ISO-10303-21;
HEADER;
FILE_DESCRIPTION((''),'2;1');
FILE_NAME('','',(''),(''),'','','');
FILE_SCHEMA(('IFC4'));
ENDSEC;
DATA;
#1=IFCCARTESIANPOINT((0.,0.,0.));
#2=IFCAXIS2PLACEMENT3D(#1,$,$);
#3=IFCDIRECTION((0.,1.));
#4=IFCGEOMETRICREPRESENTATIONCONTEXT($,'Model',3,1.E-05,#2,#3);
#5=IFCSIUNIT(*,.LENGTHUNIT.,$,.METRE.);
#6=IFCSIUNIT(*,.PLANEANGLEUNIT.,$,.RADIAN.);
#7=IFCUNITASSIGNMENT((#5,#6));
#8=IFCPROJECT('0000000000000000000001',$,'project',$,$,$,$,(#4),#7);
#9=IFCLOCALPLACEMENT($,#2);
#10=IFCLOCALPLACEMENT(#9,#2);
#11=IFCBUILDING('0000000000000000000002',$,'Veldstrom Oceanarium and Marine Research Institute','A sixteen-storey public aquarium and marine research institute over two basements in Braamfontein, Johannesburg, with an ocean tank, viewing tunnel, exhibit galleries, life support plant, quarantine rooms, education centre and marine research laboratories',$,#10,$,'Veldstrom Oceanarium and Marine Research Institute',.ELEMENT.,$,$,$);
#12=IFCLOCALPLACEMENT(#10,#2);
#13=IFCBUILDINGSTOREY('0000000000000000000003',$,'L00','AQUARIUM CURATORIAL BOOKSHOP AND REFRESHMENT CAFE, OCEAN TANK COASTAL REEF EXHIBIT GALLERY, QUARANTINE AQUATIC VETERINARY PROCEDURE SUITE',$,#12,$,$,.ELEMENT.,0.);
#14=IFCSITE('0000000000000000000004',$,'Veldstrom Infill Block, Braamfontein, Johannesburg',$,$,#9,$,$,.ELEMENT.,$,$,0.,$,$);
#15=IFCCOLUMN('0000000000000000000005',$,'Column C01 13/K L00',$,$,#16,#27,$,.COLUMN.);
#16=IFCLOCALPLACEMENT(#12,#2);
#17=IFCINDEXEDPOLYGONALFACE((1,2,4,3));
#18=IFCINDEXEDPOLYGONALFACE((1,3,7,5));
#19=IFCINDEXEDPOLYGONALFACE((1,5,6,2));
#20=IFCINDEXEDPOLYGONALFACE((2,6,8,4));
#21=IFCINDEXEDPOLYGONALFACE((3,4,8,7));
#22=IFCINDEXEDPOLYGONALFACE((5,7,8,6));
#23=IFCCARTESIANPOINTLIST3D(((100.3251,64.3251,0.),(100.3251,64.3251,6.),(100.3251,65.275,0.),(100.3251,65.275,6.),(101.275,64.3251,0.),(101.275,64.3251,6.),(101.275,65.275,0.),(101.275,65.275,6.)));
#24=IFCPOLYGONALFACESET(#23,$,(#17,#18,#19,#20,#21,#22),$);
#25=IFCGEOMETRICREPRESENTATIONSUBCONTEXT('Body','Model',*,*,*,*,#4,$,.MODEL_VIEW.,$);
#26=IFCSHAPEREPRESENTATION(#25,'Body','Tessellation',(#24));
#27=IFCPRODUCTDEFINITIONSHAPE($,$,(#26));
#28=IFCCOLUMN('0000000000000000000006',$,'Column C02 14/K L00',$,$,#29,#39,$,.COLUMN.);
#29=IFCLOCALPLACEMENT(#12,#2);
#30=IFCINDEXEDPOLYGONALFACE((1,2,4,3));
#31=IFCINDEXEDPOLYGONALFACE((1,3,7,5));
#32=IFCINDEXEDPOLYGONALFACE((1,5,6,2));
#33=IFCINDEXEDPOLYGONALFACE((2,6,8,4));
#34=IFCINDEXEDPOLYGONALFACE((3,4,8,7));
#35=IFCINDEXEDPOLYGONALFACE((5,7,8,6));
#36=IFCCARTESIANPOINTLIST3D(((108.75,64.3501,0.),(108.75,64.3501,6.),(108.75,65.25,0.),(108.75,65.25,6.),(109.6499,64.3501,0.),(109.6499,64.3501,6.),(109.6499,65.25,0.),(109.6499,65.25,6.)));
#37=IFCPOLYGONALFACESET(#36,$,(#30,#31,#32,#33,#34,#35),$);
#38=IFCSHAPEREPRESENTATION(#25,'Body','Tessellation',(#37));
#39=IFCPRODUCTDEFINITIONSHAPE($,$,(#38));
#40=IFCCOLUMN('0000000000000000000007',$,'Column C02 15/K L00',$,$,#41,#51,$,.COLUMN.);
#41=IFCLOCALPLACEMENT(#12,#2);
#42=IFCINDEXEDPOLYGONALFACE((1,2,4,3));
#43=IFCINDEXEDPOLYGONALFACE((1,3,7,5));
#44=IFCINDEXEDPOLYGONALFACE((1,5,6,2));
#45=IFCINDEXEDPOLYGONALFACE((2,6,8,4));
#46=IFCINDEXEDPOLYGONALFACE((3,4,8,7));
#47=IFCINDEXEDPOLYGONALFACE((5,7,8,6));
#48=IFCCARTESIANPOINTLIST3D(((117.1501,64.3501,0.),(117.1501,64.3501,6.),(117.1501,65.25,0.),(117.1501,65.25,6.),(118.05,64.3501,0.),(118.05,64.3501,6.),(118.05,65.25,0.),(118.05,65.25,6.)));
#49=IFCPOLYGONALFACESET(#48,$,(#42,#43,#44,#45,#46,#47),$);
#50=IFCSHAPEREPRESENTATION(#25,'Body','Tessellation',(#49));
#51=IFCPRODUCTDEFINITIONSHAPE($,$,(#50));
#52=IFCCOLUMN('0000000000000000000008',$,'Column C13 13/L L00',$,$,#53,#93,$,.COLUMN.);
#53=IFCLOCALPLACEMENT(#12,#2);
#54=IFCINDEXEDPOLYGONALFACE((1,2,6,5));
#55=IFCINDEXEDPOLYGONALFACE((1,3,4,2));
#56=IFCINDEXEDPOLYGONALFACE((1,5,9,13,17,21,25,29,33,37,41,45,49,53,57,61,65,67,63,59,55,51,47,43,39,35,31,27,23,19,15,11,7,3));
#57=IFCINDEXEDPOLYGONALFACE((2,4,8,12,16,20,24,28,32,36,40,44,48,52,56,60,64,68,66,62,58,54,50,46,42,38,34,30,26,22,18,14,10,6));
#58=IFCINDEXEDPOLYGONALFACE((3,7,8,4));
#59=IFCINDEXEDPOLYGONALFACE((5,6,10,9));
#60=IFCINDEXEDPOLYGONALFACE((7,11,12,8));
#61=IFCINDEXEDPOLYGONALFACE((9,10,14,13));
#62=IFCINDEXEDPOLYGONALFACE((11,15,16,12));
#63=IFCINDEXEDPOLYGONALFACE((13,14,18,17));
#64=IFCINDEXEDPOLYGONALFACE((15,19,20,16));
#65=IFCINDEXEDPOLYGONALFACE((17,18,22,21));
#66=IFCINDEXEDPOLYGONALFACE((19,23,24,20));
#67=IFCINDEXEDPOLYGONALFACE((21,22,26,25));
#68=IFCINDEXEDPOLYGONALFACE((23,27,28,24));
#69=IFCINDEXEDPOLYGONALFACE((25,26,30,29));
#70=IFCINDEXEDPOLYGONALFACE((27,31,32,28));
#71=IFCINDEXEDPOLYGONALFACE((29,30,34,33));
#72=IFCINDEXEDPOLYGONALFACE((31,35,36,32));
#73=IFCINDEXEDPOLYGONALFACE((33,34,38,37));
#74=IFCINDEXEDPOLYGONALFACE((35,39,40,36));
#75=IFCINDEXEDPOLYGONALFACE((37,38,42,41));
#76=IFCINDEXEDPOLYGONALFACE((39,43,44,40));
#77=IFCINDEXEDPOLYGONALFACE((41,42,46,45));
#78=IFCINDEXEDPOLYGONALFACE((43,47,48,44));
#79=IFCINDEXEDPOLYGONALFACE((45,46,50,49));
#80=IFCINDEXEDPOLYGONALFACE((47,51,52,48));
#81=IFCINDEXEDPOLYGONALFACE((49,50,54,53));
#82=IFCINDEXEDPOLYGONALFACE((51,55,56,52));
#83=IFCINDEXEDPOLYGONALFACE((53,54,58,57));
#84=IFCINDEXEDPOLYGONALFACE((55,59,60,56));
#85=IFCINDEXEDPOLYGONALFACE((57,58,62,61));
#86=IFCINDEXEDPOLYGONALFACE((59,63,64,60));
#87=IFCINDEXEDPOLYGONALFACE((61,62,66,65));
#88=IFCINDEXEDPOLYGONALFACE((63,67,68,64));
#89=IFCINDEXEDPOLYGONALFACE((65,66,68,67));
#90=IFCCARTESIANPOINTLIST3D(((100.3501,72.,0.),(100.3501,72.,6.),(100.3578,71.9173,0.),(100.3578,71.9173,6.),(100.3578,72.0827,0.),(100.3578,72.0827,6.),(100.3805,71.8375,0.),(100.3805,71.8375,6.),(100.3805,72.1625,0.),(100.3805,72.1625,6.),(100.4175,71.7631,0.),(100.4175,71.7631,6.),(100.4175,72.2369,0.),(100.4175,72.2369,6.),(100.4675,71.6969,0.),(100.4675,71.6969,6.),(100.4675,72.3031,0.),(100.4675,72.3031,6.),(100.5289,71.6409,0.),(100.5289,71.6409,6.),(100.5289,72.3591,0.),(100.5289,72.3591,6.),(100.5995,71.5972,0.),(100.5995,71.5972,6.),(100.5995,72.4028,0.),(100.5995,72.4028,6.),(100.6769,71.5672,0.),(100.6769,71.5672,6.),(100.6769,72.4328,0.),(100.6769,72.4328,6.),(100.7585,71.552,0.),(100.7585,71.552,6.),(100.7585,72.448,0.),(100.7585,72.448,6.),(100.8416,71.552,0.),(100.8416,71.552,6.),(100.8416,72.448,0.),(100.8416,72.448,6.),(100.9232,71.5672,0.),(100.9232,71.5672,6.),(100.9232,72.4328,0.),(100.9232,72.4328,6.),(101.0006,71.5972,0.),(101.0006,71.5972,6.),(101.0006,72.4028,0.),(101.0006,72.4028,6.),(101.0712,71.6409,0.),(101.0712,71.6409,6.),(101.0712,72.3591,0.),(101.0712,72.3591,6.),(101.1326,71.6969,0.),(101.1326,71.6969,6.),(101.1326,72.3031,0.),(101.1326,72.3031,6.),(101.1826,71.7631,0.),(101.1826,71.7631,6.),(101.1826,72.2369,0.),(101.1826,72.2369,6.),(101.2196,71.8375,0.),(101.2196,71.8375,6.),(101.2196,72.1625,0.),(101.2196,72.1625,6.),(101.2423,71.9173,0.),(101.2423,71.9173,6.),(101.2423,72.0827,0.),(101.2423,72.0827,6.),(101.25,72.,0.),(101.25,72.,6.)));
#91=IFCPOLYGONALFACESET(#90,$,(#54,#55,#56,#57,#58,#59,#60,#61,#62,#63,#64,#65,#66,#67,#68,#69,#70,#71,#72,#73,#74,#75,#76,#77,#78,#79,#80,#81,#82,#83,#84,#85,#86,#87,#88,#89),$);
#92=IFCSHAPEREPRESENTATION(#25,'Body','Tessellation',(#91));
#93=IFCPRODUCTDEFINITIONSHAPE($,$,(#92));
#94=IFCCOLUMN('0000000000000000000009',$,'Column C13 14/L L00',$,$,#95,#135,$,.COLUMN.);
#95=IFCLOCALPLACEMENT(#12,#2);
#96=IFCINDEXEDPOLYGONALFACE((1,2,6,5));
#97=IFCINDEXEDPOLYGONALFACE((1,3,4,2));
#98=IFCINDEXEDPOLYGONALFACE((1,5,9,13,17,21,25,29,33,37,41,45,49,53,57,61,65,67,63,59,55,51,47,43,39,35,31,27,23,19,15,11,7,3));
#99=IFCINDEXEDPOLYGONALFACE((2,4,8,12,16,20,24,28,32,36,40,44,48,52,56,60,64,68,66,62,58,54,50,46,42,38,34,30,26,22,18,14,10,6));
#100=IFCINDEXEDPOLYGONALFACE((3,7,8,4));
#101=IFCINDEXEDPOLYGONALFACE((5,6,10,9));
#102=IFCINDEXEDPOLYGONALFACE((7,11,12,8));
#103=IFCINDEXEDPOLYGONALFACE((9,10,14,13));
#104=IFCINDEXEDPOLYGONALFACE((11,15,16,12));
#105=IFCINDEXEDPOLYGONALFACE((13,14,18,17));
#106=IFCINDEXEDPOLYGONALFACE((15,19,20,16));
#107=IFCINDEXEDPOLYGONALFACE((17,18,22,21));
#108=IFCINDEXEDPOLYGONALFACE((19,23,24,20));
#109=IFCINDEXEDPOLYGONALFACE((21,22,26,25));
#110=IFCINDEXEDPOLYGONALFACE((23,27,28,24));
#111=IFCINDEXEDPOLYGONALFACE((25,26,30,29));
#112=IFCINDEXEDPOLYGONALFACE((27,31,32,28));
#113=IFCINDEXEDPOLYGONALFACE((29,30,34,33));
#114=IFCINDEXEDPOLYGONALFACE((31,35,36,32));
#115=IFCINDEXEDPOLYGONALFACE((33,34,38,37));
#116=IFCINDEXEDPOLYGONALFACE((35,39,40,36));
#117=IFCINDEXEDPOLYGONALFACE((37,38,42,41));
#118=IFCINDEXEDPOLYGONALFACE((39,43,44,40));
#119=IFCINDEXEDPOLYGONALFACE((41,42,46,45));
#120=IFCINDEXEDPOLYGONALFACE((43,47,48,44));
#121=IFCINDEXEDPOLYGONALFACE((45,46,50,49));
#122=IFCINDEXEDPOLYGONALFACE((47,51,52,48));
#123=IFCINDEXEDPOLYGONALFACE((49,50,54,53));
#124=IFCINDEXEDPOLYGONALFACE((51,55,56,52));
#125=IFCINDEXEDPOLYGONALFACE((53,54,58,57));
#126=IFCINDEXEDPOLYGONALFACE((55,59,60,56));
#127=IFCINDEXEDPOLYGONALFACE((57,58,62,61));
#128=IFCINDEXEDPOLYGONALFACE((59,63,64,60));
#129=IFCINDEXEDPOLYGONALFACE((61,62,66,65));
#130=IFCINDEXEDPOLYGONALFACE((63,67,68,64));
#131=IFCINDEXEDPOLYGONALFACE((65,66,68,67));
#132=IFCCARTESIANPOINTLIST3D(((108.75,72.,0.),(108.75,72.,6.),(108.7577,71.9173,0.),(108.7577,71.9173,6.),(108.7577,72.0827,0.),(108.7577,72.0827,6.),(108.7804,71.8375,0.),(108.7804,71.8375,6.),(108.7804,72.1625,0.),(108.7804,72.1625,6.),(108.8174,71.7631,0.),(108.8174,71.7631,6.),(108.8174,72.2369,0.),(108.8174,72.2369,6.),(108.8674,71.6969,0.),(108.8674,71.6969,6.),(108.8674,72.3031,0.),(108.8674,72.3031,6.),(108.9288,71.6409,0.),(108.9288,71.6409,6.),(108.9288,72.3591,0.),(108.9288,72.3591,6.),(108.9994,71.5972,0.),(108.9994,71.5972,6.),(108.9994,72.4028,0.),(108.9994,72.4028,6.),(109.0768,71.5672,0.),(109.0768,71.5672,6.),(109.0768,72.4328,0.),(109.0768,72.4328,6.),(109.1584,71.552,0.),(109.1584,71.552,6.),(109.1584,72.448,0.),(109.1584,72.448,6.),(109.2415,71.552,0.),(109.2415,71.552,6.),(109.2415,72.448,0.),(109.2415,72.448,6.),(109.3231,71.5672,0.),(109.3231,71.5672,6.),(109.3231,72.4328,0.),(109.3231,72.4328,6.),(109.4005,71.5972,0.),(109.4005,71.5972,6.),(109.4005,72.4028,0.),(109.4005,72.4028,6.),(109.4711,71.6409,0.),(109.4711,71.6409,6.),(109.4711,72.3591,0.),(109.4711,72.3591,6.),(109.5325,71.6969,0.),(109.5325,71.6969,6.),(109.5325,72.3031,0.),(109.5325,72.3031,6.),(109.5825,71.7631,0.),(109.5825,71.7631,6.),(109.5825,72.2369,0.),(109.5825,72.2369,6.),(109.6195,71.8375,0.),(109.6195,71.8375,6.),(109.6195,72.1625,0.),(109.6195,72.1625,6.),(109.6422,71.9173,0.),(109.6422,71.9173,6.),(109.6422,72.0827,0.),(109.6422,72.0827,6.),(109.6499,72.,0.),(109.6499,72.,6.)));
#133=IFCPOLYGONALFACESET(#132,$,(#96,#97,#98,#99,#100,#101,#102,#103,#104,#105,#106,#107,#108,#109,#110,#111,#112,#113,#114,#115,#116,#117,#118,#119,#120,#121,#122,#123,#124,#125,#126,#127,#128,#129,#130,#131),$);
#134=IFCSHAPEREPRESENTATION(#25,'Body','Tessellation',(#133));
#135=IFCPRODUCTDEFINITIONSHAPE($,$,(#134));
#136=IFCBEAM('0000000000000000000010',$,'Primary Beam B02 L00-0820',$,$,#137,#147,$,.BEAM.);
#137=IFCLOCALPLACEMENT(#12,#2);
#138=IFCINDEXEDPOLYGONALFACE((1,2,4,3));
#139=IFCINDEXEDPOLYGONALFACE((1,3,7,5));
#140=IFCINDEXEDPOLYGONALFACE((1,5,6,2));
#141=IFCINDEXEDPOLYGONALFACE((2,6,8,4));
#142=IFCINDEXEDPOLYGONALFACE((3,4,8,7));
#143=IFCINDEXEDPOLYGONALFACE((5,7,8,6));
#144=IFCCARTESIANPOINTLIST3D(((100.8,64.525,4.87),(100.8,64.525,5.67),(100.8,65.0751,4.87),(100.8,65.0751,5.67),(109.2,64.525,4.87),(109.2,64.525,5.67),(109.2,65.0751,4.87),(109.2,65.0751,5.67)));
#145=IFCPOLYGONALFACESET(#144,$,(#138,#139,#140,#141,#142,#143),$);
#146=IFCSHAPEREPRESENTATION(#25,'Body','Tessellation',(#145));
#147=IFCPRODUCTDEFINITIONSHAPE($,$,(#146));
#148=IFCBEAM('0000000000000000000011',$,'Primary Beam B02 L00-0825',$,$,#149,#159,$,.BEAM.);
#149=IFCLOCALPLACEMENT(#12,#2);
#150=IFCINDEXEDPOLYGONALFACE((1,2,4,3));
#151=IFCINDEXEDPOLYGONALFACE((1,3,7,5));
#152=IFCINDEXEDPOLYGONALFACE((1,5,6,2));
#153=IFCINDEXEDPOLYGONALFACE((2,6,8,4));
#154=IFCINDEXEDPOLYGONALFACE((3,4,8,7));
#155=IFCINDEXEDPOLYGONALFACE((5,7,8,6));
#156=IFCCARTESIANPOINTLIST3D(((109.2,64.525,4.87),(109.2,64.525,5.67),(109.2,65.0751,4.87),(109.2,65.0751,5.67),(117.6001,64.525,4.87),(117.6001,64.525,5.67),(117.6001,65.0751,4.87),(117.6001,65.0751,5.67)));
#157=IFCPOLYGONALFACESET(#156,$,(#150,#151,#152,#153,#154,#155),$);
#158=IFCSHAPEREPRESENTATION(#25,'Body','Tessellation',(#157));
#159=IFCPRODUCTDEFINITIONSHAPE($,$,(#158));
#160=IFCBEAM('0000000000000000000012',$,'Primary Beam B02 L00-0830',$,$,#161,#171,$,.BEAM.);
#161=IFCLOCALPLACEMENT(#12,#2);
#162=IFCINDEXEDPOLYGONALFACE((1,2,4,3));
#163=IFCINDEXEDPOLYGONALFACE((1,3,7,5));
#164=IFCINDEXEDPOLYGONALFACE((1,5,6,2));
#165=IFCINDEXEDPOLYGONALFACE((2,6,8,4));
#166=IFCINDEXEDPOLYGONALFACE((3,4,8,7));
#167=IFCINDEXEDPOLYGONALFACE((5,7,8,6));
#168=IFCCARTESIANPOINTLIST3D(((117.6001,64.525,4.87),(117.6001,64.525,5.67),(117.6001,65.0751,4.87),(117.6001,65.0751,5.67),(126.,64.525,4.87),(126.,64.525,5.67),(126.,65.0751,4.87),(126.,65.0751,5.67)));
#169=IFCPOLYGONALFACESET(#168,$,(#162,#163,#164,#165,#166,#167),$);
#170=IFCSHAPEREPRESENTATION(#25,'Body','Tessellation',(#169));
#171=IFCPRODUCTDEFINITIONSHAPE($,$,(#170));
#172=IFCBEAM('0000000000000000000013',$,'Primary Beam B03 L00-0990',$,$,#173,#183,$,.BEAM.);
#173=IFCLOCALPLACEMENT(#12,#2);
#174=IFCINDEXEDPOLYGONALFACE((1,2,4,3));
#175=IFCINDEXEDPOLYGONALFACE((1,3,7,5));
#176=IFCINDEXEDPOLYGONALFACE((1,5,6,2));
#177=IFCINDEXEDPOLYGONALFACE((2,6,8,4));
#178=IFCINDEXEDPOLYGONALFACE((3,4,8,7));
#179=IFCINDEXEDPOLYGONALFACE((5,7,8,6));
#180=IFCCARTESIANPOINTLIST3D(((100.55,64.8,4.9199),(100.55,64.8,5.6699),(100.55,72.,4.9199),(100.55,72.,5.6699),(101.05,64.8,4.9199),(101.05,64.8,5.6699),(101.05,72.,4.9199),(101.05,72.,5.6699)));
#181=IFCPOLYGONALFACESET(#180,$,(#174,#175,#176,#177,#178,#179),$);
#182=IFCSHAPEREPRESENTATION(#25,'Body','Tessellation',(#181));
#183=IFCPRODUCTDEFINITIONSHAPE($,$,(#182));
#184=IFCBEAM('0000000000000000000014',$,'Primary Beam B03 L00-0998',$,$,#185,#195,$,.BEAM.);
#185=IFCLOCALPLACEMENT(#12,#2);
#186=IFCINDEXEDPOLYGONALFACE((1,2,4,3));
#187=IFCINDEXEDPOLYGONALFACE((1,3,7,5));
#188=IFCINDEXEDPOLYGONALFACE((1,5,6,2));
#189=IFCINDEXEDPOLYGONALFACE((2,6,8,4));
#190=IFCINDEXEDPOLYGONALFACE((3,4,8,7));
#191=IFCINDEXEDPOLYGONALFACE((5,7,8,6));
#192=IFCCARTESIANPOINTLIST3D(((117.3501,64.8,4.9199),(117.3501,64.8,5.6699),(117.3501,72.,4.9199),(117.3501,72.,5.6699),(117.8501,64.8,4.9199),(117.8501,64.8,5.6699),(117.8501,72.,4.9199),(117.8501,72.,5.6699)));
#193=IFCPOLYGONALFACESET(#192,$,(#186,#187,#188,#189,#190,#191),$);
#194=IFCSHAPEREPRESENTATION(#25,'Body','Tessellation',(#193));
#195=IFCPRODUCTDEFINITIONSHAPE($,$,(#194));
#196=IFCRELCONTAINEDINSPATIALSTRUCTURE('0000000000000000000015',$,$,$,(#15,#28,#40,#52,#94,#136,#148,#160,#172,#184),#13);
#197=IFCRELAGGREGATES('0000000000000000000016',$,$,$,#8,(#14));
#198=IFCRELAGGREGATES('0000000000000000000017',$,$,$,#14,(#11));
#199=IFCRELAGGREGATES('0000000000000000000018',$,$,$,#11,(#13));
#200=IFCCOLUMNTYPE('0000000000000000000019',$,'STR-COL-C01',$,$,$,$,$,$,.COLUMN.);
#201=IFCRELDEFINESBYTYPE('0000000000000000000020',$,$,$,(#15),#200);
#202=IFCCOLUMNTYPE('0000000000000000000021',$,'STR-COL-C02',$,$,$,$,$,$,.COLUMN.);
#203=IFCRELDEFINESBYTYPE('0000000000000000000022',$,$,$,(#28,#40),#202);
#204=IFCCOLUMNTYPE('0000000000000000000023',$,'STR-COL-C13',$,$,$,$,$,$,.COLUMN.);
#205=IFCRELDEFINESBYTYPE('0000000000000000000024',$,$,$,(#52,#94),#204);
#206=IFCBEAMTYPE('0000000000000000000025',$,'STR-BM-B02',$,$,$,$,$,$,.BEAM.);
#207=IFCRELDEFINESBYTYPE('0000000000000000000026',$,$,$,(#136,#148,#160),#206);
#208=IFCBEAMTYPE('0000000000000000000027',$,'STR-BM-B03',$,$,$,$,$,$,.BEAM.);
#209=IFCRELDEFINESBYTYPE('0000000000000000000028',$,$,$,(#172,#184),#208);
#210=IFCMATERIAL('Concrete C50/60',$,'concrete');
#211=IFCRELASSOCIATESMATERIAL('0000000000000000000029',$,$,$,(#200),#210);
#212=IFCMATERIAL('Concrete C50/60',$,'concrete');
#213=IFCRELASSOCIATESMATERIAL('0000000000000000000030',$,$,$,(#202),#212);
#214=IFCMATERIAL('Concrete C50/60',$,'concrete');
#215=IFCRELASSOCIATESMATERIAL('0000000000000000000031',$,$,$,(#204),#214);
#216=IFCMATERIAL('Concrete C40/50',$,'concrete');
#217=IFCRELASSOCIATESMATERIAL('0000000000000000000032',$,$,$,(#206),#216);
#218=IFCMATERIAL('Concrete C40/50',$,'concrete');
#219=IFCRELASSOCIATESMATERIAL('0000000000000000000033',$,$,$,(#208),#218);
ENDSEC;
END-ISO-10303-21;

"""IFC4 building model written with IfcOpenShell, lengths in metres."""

from ifc_helpers import new_model, si_unit, direction, frame, origin, origin_2d, place, context, subcontext, project, spatial, rectangle, circle, extrude, material, material_profile, profile_set, type_object, element, save


model = new_model("IFC4")

# Units and contexts
model_context = context("Model", 3, precision=1e-05, world=origin(), true_north=direction((0.0, 1.0)))
body_context = subcontext(model_context, "Body", "Model", "MODEL_VIEW")
ifc_project = project(units=[si_unit("LENGTHUNIT", "METRE"), si_unit("PLANEANGLEUNIT", "RADIAN")], contexts=[model_context])

# Site, building, storey
site_placement = place(None, origin())
site = spatial("IfcSite", under=ifc_project, at=site_placement, Name="Veldstrom Infill Block, Braamfontein, Johannesburg", CompositionType="ELEMENT", RefElevation=0.0)
building_placement = place(site_placement, origin())
building = spatial("IfcBuilding", under=site, at=building_placement, Name="Veldstrom Oceanarium and Marine Research Institute", Description="A sixteen-storey public aquarium and marine research institute over two basements in Braamfontein, Johannesburg, with an ocean tank, viewing tunnel, exhibit galleries, life support plant, quarantine rooms, education centre and marine research laboratories", LongName="Veldstrom Oceanarium and Marine Research Institute", CompositionType="ELEMENT")
storey_placement = place(building_placement, origin())
storey = spatial("IfcBuildingStorey", under=building, at=storey_placement, Name="L00", Description="AQUARIUM CURATORIAL BOOKSHOP AND REFRESHMENT CAFE, OCEAN TANK COASTAL REEF EXHIBIT GALLERY, QUARANTINE AQUATIC VETERINARY PROCEDURE SUITE", CompositionType="ELEMENT", Elevation=0.0)

# Columns
ifc_material_1 = material(Name="Concrete C50/60", Category="concrete")
ifc_material_profile_1 = material_profile(ifc_material_1, rectangle(XDim=0.95, YDim=0.95, at=origin_2d()), Name="RC-COL-950x950")
ifc_profile_set_1 = profile_set([ifc_material_profile_1], Name="Concrete C50/60")
column_type_1 = type_object("IfcColumnType", Name="STR-COL-C01", PredefinedType="COLUMN", material=ifc_profile_set_1)
column_placement = place(storey_placement, frame((100.8, 64.8, 0.0), z_axis=(0.0, 0.0, 1.0), x_axis=(1.0, 0.0, 0.0)))
element("IfcColumn", 1, at=column_placement, inside=storey, type_object=column_type_1, Name="Column C01 13/K L00", PredefinedType="COLUMN", context=body_context, shape_type="SweptSolid", body=[
    extrude(rectangle(XDim=0.95, YDim=0.95, at=origin_2d()), origin(), (0.0, 0.0, 1.0), 6.0),
])
ifc_material_2 = material(Name="Concrete C50/60", Category="concrete")
ifc_material_profile_2 = material_profile(ifc_material_2, rectangle(XDim=0.8999, YDim=0.8999, at=origin_2d()), Name="RC-COL-900x900")
ifc_profile_set_2 = profile_set([ifc_material_profile_2], Name="Concrete C50/60")
column_type_2 = type_object("IfcColumnType", Name="STR-COL-C02", PredefinedType="COLUMN", material=ifc_profile_set_2)
for number, where, z_axis, x_axis, name in (
    (2, (109.2, 64.8, 0.0), (0.0, 0.0, 1.0), (1.0, 0.0, 0.0), "Column C02 14/K L00"),
    (3, (117.6001, 64.8, 0.0), (0.0, 0.0, 1.0), (1.0, 0.0, 0.0), "Column C02 15/K L00"),
):
    element("IfcColumn", number, at=place(storey_placement, frame(where, z_axis=z_axis, x_axis=x_axis)), inside=storey, type_object=column_type_2, Name=name, PredefinedType="COLUMN", context=body_context, shape_type="SweptSolid", body=[
        extrude(rectangle(XDim=0.8999, YDim=0.8999, at=origin_2d()), origin(), (0.0, 0.0, 1.0), 6.0),
    ])
ifc_material_3 = material(Name="Concrete C50/60", Category="concrete")
ifc_material_profile_3 = material_profile(ifc_material_3, circle(Radius=0.45, at=origin_2d()), Name="RC-COL-D900")
ifc_profile_set_3 = profile_set([ifc_material_profile_3], Name="Concrete C50/60")
column_type_3 = type_object("IfcColumnType", Name="STR-COL-C13", PredefinedType="COLUMN", material=ifc_profile_set_3)
for number, where, z_axis, x_axis, name in (
    (4, (100.8, 72.0, 0.0), (0.0, 0.0, 1.0), (1.0, 0.0, 0.0), "Column C13 13/L L00"),
    (5, (109.2, 72.0, 0.0), (0.0, 0.0, 1.0), (1.0, 0.0, 0.0), "Column C13 14/L L00"),
):
    element("IfcColumn", number, at=place(storey_placement, frame(where, z_axis=z_axis, x_axis=x_axis)), inside=storey, type_object=column_type_3, Name=name, PredefinedType="COLUMN", context=body_context, shape_type="SweptSolid", body=[
        extrude(circle(Radius=0.45, at=origin_2d()), origin(), (0.0, 0.0, 1.0), 6.0),
    ])

# Beams
ifc_material_4 = material(Name="Concrete C40/50", Category="concrete")
ifc_material_profile_4 = material_profile(ifc_material_4, rectangle(XDim=0.55, YDim=0.8, at=origin_2d()), Name="RC-BM-550x800")
ifc_profile_set_4 = profile_set([ifc_material_profile_4], Name="Concrete C40/50")
beam_type_1 = type_object("IfcBeamType", Name="STR-BM-B02", PredefinedType="BEAM", material=ifc_profile_set_4)
beam_1_placement = place(storey_placement, frame((100.8, 64.8, 5.27), z_axis=(1.0, 0.0, 0.0), x_axis=(0.0, 1.0, 0.0)))
element("IfcBeam", 6, at=beam_1_placement, inside=storey, type_object=beam_type_1, Name="Primary Beam B02 L00-0820", PredefinedType="BEAM", context=body_context, shape_type="SweptSolid", body=[
    extrude(rectangle(XDim=0.55, YDim=0.8, at=origin_2d()), origin(), (0.0, 0.0, 1.0), 8.3999),
])
beam_2_placement = place(storey_placement, frame((109.2, 64.8, 5.27), z_axis=(1.0, 0.0, 0.0), x_axis=(0.0, 1.0, 0.0)))
element("IfcBeam", 7, at=beam_2_placement, inside=storey, type_object=beam_type_1, Name="Primary Beam B02 L00-0825", PredefinedType="BEAM", context=body_context, shape_type="SweptSolid", body=[
    extrude(rectangle(XDim=0.55, YDim=0.8, at=origin_2d()), origin(), (0.0, 0.0, 1.0), 8.4001),
])
beam_3_placement = place(storey_placement, frame((117.6001, 64.8, 5.27), z_axis=(1.0, 0.0, 0.0), x_axis=(0.0, 1.0, 0.0)))
element("IfcBeam", 8, at=beam_3_placement, inside=storey, type_object=beam_type_1, Name="Primary Beam B02 L00-0830", PredefinedType="BEAM", context=body_context, shape_type="SweptSolid", body=[
    extrude(rectangle(XDim=0.55, YDim=0.8, at=origin_2d()), origin(), (0.0, 0.0, 1.0), 8.3999),
])
ifc_material_5 = material(Name="Concrete C40/50", Category="concrete")
ifc_material_profile_5 = material_profile(ifc_material_5, rectangle(XDim=0.5, YDim=0.75, at=origin_2d()), Name="RC-BM-500x750")
ifc_profile_set_5 = profile_set([ifc_material_profile_5], Name="Concrete C40/50")
beam_type_2 = type_object("IfcBeamType", Name="STR-BM-B03", PredefinedType="BEAM", material=ifc_profile_set_5)
for number, where, z_axis, x_axis, name in (
    (9, (100.8, 64.8, 5.2949), (0.0, 1.0, 0.0), (-1.0, 0.0, 0.0), "Primary Beam B03 L00-0990"),
    (10, (117.6001, 64.8, 5.2949), (0.0, 1.0, 0.0), (-1.0, 0.0, 0.0), "Primary Beam B03 L00-0998"),
):
    element("IfcBeam", number, at=place(storey_placement, frame(where, z_axis=z_axis, x_axis=x_axis)), inside=storey, type_object=beam_type_2, Name=name, PredefinedType="BEAM", context=body_context, shape_type="SweptSolid", body=[
        extrude(rectangle(XDim=0.5, YDim=0.75, at=origin_2d()), origin(), (0.0, 0.0, 1.0), 7.2),
    ])

save(model, "model.ifc")
